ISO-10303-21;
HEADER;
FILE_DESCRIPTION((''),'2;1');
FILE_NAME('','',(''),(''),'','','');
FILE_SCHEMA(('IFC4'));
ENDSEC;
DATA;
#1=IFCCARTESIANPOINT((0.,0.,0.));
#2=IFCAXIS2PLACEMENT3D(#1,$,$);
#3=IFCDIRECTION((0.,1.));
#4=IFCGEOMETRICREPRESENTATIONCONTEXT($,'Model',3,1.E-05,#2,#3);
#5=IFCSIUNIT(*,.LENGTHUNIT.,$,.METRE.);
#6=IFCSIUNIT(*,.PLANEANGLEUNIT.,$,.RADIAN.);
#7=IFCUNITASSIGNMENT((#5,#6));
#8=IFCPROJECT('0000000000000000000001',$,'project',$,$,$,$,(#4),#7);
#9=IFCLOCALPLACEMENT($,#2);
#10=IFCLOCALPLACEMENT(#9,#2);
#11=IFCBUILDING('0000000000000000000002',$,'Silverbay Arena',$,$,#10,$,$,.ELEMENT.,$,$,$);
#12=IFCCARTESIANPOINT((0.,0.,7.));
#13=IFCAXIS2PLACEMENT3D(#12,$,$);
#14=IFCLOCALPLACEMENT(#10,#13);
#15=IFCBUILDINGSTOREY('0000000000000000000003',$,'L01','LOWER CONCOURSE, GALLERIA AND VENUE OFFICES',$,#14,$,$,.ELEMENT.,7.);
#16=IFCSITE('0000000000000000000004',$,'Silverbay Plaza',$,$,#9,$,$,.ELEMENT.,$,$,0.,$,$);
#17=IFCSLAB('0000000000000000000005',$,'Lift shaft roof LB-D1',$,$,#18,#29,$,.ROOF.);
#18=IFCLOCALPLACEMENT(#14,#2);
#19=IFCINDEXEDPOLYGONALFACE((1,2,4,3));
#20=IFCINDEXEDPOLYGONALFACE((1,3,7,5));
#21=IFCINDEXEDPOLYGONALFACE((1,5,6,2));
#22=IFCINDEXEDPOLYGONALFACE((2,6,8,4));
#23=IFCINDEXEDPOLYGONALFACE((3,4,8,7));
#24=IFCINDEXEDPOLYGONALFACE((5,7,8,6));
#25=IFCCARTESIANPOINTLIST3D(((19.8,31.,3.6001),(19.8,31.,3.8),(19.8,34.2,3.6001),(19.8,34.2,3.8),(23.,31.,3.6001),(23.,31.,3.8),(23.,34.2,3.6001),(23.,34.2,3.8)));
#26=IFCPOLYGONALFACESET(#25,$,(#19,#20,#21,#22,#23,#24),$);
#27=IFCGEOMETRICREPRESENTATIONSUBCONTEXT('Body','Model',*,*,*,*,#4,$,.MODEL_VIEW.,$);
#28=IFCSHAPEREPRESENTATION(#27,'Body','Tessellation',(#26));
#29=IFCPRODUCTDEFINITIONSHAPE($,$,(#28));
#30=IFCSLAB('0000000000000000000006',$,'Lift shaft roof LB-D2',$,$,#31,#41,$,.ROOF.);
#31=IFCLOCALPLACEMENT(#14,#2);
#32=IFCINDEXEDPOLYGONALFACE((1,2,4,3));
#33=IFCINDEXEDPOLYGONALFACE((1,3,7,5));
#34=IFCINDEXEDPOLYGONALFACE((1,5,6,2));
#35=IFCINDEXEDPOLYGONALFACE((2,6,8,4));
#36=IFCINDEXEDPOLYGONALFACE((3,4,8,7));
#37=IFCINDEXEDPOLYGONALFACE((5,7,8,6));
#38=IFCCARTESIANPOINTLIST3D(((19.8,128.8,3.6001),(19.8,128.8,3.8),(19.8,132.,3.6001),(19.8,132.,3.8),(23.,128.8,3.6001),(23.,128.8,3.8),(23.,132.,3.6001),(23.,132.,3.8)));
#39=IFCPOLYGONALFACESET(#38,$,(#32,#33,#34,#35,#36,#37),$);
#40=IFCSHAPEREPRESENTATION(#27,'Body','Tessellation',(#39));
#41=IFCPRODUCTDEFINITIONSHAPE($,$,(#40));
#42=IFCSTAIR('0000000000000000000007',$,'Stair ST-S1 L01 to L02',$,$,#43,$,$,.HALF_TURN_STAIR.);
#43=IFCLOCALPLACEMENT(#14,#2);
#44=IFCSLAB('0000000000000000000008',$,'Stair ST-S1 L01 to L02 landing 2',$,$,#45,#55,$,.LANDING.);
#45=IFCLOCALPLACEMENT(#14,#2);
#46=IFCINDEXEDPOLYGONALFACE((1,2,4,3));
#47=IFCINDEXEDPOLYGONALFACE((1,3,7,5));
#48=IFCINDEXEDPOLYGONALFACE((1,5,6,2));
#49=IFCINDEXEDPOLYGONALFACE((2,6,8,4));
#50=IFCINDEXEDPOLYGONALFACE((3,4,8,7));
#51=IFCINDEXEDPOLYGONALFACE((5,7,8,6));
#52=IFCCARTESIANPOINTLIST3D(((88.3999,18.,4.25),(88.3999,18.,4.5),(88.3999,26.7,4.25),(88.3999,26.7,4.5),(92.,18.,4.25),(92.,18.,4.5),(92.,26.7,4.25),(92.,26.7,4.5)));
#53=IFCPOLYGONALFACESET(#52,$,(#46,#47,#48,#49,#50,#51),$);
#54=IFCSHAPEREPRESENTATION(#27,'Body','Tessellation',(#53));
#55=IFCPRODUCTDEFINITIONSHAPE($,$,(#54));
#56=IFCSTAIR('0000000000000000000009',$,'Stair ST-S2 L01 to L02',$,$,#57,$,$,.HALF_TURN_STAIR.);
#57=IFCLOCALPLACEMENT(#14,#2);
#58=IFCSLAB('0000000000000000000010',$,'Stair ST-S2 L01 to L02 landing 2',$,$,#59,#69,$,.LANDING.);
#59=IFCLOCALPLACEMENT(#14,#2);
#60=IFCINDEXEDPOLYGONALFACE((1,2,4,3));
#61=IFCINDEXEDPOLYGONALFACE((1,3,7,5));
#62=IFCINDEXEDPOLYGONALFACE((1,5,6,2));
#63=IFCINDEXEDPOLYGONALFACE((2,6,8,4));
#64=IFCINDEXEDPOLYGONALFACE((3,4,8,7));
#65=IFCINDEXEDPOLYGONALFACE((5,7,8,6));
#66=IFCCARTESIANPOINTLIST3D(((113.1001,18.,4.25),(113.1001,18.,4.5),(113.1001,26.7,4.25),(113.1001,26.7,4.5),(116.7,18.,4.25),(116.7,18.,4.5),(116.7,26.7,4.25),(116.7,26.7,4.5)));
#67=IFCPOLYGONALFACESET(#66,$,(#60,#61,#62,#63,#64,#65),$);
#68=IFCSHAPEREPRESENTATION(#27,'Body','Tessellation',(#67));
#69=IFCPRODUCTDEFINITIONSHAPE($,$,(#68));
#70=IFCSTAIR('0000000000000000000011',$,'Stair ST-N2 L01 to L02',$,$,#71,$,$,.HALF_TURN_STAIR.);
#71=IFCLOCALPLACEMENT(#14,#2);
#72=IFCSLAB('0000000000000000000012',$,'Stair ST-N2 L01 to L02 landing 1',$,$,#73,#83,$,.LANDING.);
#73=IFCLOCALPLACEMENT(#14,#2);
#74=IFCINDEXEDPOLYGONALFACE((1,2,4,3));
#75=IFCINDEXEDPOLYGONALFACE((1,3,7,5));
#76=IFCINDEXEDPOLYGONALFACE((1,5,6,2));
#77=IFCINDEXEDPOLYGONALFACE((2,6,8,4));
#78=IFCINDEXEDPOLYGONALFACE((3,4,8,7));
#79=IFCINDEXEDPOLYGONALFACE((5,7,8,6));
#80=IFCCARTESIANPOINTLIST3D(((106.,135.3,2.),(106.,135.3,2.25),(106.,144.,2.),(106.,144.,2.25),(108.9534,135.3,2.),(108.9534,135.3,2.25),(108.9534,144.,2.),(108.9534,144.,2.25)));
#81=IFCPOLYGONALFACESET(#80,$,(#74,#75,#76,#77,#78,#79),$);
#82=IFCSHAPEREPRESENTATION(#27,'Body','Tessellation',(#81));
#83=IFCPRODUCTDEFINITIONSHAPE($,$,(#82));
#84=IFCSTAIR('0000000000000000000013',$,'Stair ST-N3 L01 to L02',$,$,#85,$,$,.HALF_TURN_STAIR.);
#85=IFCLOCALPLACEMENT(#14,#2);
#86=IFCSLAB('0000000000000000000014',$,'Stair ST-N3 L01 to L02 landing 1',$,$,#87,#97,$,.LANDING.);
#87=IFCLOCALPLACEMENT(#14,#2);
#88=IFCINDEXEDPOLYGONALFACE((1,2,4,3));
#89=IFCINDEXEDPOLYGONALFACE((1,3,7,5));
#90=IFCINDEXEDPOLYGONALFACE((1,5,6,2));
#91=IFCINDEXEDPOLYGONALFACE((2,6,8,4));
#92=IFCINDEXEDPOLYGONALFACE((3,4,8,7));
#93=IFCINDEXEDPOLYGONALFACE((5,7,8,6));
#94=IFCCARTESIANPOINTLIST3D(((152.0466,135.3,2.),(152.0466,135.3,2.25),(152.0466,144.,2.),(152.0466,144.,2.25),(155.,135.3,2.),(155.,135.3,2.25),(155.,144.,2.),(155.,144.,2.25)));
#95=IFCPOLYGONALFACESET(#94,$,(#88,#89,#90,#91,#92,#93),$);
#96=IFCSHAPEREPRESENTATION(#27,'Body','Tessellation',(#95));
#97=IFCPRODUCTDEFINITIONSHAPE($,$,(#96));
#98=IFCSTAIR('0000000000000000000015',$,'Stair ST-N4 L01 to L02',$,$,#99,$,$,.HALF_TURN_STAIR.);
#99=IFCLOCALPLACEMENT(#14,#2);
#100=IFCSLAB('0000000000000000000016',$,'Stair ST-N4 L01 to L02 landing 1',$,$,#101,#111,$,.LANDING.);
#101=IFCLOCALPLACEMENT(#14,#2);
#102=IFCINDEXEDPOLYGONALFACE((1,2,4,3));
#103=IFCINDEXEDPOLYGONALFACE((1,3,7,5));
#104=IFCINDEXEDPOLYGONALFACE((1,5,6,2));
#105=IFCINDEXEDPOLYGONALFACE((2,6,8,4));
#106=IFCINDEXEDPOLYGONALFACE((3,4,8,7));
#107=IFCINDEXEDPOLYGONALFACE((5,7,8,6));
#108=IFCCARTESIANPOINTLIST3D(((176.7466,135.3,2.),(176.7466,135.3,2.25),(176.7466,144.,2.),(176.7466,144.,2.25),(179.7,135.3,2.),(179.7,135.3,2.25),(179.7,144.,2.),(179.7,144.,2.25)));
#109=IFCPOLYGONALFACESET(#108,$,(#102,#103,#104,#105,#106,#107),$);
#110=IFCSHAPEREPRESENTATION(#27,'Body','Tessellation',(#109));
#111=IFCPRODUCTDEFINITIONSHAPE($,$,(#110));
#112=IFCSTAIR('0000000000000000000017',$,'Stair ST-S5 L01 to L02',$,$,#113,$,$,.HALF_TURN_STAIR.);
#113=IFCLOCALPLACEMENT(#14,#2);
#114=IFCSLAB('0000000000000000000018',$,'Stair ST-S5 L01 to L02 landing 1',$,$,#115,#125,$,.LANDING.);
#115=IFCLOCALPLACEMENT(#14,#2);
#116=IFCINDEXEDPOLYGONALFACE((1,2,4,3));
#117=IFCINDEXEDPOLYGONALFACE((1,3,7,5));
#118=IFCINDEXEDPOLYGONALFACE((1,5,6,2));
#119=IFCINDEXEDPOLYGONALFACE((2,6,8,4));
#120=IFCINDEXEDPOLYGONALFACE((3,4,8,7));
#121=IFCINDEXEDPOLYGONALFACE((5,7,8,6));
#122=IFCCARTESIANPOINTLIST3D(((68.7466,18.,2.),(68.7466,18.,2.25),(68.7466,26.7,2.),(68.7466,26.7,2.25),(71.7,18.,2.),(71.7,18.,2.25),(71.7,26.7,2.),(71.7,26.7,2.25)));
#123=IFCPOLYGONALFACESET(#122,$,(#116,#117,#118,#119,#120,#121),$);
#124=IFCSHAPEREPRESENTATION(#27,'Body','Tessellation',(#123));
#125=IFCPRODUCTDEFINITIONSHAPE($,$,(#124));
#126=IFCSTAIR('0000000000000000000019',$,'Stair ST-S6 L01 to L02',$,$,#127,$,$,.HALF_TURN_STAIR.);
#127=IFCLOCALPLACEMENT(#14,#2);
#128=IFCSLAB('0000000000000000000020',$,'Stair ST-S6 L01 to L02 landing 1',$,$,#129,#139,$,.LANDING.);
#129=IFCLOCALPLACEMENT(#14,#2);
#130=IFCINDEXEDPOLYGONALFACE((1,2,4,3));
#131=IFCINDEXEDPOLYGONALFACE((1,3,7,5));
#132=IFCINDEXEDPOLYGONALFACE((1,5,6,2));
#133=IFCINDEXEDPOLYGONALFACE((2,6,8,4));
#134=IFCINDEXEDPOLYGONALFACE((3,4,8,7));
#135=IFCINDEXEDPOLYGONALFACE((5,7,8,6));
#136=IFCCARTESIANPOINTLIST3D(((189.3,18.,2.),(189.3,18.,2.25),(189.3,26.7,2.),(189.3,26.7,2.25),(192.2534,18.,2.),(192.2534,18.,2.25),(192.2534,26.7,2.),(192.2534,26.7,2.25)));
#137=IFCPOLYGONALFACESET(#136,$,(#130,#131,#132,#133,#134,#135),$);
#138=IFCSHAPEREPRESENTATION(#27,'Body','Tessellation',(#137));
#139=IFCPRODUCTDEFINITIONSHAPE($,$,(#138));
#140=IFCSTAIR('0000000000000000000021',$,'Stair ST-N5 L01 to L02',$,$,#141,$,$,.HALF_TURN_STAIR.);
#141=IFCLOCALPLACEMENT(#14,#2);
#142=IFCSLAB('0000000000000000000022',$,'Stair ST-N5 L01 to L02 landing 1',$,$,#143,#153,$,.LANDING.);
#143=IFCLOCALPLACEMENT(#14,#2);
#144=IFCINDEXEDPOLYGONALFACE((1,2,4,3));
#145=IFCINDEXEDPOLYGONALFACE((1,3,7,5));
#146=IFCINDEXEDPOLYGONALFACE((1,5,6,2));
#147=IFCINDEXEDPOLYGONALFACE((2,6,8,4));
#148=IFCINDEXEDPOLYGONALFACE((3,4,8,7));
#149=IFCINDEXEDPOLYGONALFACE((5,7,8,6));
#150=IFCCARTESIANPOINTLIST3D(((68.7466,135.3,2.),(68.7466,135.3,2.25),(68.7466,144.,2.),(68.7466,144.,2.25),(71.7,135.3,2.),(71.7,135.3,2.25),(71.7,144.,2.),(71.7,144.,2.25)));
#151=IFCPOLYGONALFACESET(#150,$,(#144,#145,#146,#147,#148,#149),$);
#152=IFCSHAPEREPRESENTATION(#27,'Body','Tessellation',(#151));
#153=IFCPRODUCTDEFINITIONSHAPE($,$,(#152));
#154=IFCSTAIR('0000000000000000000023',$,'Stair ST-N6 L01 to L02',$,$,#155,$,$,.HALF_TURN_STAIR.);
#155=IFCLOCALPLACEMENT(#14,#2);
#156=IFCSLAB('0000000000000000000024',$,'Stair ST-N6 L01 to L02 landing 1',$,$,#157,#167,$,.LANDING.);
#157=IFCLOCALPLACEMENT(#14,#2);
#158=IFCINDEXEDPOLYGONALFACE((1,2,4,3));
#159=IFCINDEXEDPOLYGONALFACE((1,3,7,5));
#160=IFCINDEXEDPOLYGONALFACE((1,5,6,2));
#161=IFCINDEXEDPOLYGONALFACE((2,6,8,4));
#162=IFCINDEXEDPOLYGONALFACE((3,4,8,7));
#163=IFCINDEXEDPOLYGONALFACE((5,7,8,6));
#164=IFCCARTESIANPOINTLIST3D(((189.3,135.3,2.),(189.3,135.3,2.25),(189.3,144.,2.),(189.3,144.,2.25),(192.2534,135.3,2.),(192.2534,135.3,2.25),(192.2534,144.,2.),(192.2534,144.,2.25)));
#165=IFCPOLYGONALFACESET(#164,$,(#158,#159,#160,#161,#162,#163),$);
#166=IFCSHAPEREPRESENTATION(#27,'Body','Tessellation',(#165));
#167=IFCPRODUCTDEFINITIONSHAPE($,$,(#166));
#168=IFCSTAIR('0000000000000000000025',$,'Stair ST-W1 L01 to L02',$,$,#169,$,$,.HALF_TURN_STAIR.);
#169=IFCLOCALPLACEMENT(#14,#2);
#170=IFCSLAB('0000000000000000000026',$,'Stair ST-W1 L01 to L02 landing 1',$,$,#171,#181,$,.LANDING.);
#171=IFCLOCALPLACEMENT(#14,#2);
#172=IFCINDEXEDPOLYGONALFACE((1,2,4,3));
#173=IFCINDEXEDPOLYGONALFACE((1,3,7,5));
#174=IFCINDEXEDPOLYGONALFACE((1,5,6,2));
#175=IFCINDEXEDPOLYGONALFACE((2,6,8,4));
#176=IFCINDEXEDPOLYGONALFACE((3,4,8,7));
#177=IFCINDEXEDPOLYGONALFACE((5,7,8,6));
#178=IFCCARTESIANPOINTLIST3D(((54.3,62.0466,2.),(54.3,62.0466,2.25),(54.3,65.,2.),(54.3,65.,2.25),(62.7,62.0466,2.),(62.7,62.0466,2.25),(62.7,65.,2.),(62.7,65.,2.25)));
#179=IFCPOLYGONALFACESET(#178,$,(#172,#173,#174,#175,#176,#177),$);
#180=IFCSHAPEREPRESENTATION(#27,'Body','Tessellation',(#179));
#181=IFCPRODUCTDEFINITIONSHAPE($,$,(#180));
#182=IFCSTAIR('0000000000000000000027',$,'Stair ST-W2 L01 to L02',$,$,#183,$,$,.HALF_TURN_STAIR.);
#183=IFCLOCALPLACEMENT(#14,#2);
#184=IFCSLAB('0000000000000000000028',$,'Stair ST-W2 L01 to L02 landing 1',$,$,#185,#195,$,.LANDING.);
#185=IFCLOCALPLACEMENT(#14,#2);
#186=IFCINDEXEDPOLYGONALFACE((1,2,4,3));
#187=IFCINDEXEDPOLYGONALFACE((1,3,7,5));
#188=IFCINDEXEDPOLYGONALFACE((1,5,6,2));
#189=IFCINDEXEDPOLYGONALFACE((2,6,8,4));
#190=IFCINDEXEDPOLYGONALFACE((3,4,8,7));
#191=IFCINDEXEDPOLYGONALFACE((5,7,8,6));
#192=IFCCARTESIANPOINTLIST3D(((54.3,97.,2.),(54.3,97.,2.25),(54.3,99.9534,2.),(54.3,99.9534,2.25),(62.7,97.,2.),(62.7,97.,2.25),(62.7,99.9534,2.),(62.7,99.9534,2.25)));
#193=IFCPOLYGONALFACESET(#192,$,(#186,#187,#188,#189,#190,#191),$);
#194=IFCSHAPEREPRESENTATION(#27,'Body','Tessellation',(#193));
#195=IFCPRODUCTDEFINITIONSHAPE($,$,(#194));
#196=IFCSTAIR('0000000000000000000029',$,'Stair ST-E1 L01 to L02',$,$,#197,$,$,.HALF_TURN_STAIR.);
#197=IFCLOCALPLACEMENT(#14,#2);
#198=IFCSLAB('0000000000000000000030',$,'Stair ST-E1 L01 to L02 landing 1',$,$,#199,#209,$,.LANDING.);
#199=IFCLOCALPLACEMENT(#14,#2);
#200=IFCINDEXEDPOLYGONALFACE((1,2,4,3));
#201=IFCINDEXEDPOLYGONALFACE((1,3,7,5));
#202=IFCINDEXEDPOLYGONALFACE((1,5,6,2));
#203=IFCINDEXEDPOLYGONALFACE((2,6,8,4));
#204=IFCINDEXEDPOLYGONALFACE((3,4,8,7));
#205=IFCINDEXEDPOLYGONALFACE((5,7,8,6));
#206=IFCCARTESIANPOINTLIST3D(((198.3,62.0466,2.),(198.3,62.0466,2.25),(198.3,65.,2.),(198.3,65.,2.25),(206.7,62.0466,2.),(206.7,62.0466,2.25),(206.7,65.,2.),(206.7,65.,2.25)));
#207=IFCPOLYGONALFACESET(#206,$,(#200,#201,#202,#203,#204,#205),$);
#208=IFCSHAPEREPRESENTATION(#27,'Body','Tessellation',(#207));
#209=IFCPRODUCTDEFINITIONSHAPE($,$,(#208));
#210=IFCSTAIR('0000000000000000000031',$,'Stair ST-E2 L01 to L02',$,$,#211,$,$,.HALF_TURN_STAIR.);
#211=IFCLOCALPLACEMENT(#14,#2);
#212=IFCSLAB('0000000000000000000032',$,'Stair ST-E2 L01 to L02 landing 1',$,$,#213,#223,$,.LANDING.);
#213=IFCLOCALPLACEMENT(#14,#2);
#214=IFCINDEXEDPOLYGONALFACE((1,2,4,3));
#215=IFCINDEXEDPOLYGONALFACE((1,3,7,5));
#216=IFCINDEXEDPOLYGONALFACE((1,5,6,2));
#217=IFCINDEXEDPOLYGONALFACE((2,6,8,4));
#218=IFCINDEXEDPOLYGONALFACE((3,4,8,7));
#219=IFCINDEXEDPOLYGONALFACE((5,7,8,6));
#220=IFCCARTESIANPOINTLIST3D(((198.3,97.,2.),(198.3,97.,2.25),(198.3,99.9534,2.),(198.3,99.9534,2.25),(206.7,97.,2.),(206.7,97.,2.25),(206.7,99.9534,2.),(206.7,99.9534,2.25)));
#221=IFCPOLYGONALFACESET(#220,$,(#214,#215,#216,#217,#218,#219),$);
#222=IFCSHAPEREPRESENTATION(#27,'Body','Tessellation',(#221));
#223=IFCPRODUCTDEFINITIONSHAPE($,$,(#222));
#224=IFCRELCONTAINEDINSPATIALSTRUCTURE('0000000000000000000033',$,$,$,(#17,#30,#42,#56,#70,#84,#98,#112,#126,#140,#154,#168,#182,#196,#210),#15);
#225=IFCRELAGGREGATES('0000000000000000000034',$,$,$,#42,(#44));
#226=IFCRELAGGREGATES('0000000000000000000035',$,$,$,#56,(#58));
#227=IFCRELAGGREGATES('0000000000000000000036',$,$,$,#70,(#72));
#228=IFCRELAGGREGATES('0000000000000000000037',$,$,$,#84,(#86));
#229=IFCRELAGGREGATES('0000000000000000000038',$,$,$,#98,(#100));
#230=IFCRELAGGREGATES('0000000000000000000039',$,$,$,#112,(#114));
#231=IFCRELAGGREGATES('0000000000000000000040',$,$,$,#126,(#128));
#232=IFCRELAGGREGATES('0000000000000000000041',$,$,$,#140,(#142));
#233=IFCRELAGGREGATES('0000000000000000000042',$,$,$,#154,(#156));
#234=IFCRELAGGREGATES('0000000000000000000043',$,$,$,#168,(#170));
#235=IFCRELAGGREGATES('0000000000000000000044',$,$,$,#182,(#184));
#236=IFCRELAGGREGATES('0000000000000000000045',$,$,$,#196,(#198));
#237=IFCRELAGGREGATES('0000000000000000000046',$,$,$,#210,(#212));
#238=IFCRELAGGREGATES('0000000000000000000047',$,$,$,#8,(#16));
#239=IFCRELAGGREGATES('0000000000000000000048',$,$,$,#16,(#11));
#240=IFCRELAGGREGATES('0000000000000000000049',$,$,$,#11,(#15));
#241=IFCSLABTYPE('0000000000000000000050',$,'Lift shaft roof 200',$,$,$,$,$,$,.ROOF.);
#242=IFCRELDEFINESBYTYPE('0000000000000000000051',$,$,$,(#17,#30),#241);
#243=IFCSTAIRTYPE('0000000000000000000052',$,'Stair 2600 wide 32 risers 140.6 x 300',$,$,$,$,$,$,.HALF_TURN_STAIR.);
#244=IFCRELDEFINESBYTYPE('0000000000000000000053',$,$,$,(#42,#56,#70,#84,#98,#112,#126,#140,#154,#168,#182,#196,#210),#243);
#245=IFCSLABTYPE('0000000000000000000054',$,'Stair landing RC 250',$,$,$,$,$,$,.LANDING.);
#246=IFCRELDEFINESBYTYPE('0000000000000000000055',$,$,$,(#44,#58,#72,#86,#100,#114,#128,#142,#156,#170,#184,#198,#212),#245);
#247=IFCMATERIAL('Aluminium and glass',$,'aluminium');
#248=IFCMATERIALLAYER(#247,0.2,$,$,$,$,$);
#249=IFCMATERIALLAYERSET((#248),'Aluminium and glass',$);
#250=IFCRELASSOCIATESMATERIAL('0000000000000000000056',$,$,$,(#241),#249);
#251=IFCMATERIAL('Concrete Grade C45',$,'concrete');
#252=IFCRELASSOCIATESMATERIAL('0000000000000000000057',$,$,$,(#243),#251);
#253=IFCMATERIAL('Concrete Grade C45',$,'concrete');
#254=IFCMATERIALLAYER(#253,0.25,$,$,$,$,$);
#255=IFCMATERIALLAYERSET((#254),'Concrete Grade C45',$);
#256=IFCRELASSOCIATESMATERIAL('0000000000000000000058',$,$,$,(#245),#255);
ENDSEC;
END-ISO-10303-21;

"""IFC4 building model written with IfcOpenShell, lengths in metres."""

from ifc_helpers import new_model, si_unit, direction, frame, origin, place, context, subcontext, project, spatial, polyline, outline, extrude, material, layer, layer_set, type_object, element, aggregate, save


model = new_model("IFC4")

# Units and contexts
model_context = context("Model", 3, precision=1e-05, world=origin(), true_north=direction((0.0, 1.0)))
body_context = subcontext(model_context, "Body", "Model", "MODEL_VIEW")
ifc_project = project(units=[si_unit("LENGTHUNIT", "METRE"), si_unit("PLANEANGLEUNIT", "RADIAN")], contexts=[model_context])

# Site, building, storey
site_placement = place(None, origin())
site = spatial("IfcSite", under=ifc_project, at=site_placement, Name="Silverbay Plaza", CompositionType="ELEMENT", RefElevation=0.0)
building_placement = place(site_placement, origin())
building = spatial("IfcBuilding", under=site, at=building_placement, Name="Silverbay Arena", CompositionType="ELEMENT")
storey_placement = place(building_placement, frame((0.0, 0.0, 7.0)))
storey = spatial("IfcBuildingStorey", under=building, at=storey_placement, Name="L01", Description="LOWER CONCOURSE, GALLERIA AND VENUE OFFICES", CompositionType="ELEMENT", Elevation=7.0)

# Slabs
ifc_material_1 = material(Name="Aluminium and glass", Category="aluminium")
ifc_layer_1 = layer(ifc_material_1, 0.2)
ifc_layer_set_1 = layer_set([ifc_layer_1], Name="Aluminium and glass")
slab_type_1 = type_object("IfcSlabType", Name="Lift shaft roof 200", PredefinedType="ROOF", material=ifc_layer_set_1)
slab_1_placement = place(storey_placement, frame((0.0, 0.0, 3.6001)))
element("IfcSlab", 1, at=slab_1_placement, inside=storey, type_object=slab_type_1, Name="Lift shaft roof LB-D1", PredefinedType="ROOF", context=body_context, shape_type="SweptSolid", body=[
    extrude(outline(polyline([(19.8, 31.0), (23.0, 31.0), (23.0, 34.2), (19.8, 34.2), (19.8, 31.0)])), origin(), (0.0, 0.0, 1.0), 0.2),
])
slab_2_placement = place(storey_placement, frame((0.0, 0.0, 3.6001)))
element("IfcSlab", 2, at=slab_2_placement, inside=storey, type_object=slab_type_1, Name="Lift shaft roof LB-D2", PredefinedType="ROOF", context=body_context, shape_type="SweptSolid", body=[
    extrude(outline(polyline([(19.8, 128.8), (23.0, 128.8), (23.0, 132.0), (19.8, 132.0), (19.8, 128.8)])), origin(), (0.0, 0.0, 1.0), 0.2),
])

# Stairs, slabs
ifc_material_2 = material(Name="Concrete Grade C45", Category="concrete")
stair_type = type_object("IfcStairType", Name="Stair 2600 wide 32 risers 140.6 x 300", PredefinedType="HALF_TURN_STAIR", material=ifc_material_2)
stair_1_placement = place(storey_placement, origin())
stair_1 = element("IfcStair", 3, at=stair_1_placement, inside=storey, type_object=stair_type, Name="Stair ST-S1 L01 to L02", PredefinedType="HALF_TURN_STAIR")
ifc_material_3 = material(Name="Concrete Grade C45", Category="concrete")
ifc_layer_2 = layer(ifc_material_3, 0.25)
ifc_layer_set_2 = layer_set([ifc_layer_2], Name="Concrete Grade C45")
slab_type_2 = type_object("IfcSlabType", Name="Stair landing RC 250", PredefinedType="LANDING", material=ifc_layer_set_2)
slab_3_placement = place(storey_placement, frame((0.0, 0.0, 4.25)))
slab_3 = element("IfcSlab", 4, at=slab_3_placement, type_object=slab_type_2, Name="Stair ST-S1 L01 to L02 landing 2", PredefinedType="LANDING", context=body_context, shape_type="SweptSolid", body=[
    extrude(outline(polyline([(92.0, 26.7), (88.3999, 26.7), (88.3999, 18.0), (92.0, 18.0), (92.0, 26.7)])), origin(), (0.0, 0.0, 1.0), 0.25),
])
aggregate(stair_1, [slab_3])
stair_2_placement = place(storey_placement, origin())
stair_2 = element("IfcStair", 5, at=stair_2_placement, inside=storey, type_object=stair_type, Name="Stair ST-S2 L01 to L02", PredefinedType="HALF_TURN_STAIR")
slab_4_placement = place(storey_placement, frame((0.0, 0.0, 4.25)))
slab_4 = element("IfcSlab", 6, at=slab_4_placement, type_object=slab_type_2, Name="Stair ST-S2 L01 to L02 landing 2", PredefinedType="LANDING", context=body_context, shape_type="SweptSolid", body=[
    extrude(outline(polyline([(116.7, 26.7), (113.1001, 26.7), (113.1001, 18.0), (116.7, 18.0), (116.7, 26.7)])), origin(), (0.0, 0.0, 1.0), 0.25),
])
aggregate(stair_2, [slab_4])
stair_3_placement = place(storey_placement, origin())
stair_3 = element("IfcStair", 7, at=stair_3_placement, inside=storey, type_object=stair_type, Name="Stair ST-N2 L01 to L02", PredefinedType="HALF_TURN_STAIR")
slab_5_placement = place(storey_placement, frame((0.0, 0.0, 2.0)))
slab_5 = element("IfcSlab", 8, at=slab_5_placement, type_object=slab_type_2, Name="Stair ST-N2 L01 to L02 landing 1", PredefinedType="LANDING", context=body_context, shape_type="SweptSolid", body=[
    extrude(outline(polyline([(108.9534, 135.3), (106.0, 135.3), (106.0, 144.0), (108.9534, 144.0), (108.9534, 135.3)])), origin(), (0.0, 0.0, 1.0), 0.25),
])
aggregate(stair_3, [slab_5])
stair_4_placement = place(storey_placement, origin())
stair_4 = element("IfcStair", 9, at=stair_4_placement, inside=storey, type_object=stair_type, Name="Stair ST-N3 L01 to L02", PredefinedType="HALF_TURN_STAIR")
slab_6_placement = place(storey_placement, frame((0.0, 0.0, 2.0)))
slab_6 = element("IfcSlab", 10, at=slab_6_placement, type_object=slab_type_2, Name="Stair ST-N3 L01 to L02 landing 1", PredefinedType="LANDING", context=body_context, shape_type="SweptSolid", body=[
    extrude(outline(polyline([(152.0466, 135.3), (155.0, 135.3), (155.0, 144.0), (152.0466, 144.0), (152.0466, 135.3)])), origin(), (0.0, 0.0, 1.0), 0.25),
])
aggregate(stair_4, [slab_6])
stair_5_placement = place(storey_placement, origin())
stair_5 = element("IfcStair", 11, at=stair_5_placement, inside=storey, type_object=stair_type, Name="Stair ST-N4 L01 to L02", PredefinedType="HALF_TURN_STAIR")
slab_7_placement = place(storey_placement, frame((0.0, 0.0, 2.0)))
slab_7 = element("IfcSlab", 12, at=slab_7_placement, type_object=slab_type_2, Name="Stair ST-N4 L01 to L02 landing 1", PredefinedType="LANDING", context=body_context, shape_type="SweptSolid", body=[
    extrude(outline(polyline([(176.7466, 135.3), (179.7, 135.3), (179.7, 144.0), (176.7466, 144.0), (176.7466, 135.3)])), origin(), (0.0, 0.0, 1.0), 0.25),
])
aggregate(stair_5, [slab_7])
stair_6_placement = place(storey_placement, origin())
stair_6 = element("IfcStair", 13, at=stair_6_placement, inside=storey, type_object=stair_type, Name="Stair ST-S5 L01 to L02", PredefinedType="HALF_TURN_STAIR")
slab_8_placement = place(storey_placement, frame((0.0, 0.0, 2.0)))
slab_8 = element("IfcSlab", 14, at=slab_8_placement, type_object=slab_type_2, Name="Stair ST-S5 L01 to L02 landing 1", PredefinedType="LANDING", context=body_context, shape_type="SweptSolid", body=[
    extrude(outline(polyline([(68.7466, 26.7), (71.7, 26.7), (71.7, 18.0), (68.7466, 18.0), (68.7466, 26.7)])), origin(), (0.0, 0.0, 1.0), 0.25),
])
aggregate(stair_6, [slab_8])
stair_7_placement = place(storey_placement, origin())
stair_7 = element("IfcStair", 15, at=stair_7_placement, inside=storey, type_object=stair_type, Name="Stair ST-S6 L01 to L02", PredefinedType="HALF_TURN_STAIR")
slab_9_placement = place(storey_placement, frame((0.0, 0.0, 2.0)))
slab_9 = element("IfcSlab", 16, at=slab_9_placement, type_object=slab_type_2, Name="Stair ST-S6 L01 to L02 landing 1", PredefinedType="LANDING", context=body_context, shape_type="SweptSolid", body=[
    extrude(outline(polyline([(192.2534, 26.7), (189.3, 26.7), (189.3, 18.0), (192.2534, 18.0), (192.2534, 26.7)])), origin(), (0.0, 0.0, 1.0), 0.25),
])
aggregate(stair_7, [slab_9])
stair_8_placement = place(storey_placement, origin())
stair_8 = element("IfcStair", 17, at=stair_8_placement, inside=storey, type_object=stair_type, Name="Stair ST-N5 L01 to L02", PredefinedType="HALF_TURN_STAIR")
slab_10_placement = place(storey_placement, frame((0.0, 0.0, 2.0)))
slab_10 = element("IfcSlab", 18, at=slab_10_placement, type_object=slab_type_2, Name="Stair ST-N5 L01 to L02 landing 1", PredefinedType="LANDING", context=body_context, shape_type="SweptSolid", body=[
    extrude(outline(polyline([(68.7466, 135.3), (71.7, 135.3), (71.7, 144.0), (68.7466, 144.0), (68.7466, 135.3)])), origin(), (0.0, 0.0, 1.0), 0.25),
])
aggregate(stair_8, [slab_10])
stair_9_placement = place(storey_placement, origin())
stair_9 = element("IfcStair", 19, at=stair_9_placement, inside=storey, type_object=stair_type, Name="Stair ST-N6 L01 to L02", PredefinedType="HALF_TURN_STAIR")
slab_11_placement = place(storey_placement, frame((0.0, 0.0, 2.0)))
slab_11 = element("IfcSlab", 20, at=slab_11_placement, type_object=slab_type_2, Name="Stair ST-N6 L01 to L02 landing 1", PredefinedType="LANDING", context=body_context, shape_type="SweptSolid", body=[
    extrude(outline(polyline([(192.2534, 135.3), (189.3, 135.3), (189.3, 144.0), (192.2534, 144.0), (192.2534, 135.3)])), origin(), (0.0, 0.0, 1.0), 0.25),
])
aggregate(stair_9, [slab_11])
stair_10_placement = place(storey_placement, origin())
stair_10 = element("IfcStair", 21, at=stair_10_placement, inside=storey, type_object=stair_type, Name="Stair ST-W1 L01 to L02", PredefinedType="HALF_TURN_STAIR")
slab_12_placement = place(storey_placement, frame((0.0, 0.0, 2.0)))
slab_12 = element("IfcSlab", 22, at=slab_12_placement, type_object=slab_type_2, Name="Stair ST-W1 L01 to L02 landing 1", PredefinedType="LANDING", context=body_context, shape_type="SweptSolid", body=[
    extrude(outline(polyline([(62.7, 62.0466), (62.7, 65.0), (54.3, 65.0), (54.3, 62.0466), (62.7, 62.0466)])), origin(), (0.0, 0.0, 1.0), 0.25),
])
aggregate(stair_10, [slab_12])
stair_11_placement = place(storey_placement, origin())
stair_11 = element("IfcStair", 23, at=stair_11_placement, inside=storey, type_object=stair_type, Name="Stair ST-W2 L01 to L02", PredefinedType="HALF_TURN_STAIR")
slab_13_placement = place(storey_placement, frame((0.0, 0.0, 2.0)))
slab_13 = element("IfcSlab", 24, at=slab_13_placement, type_object=slab_type_2, Name="Stair ST-W2 L01 to L02 landing 1", PredefinedType="LANDING", context=body_context, shape_type="SweptSolid", body=[
    extrude(outline(polyline([(62.7, 99.9534), (62.7, 97.0), (54.3, 97.0), (54.3, 99.9534), (62.7, 99.9534)])), origin(), (0.0, 0.0, 1.0), 0.25),
])
aggregate(stair_11, [slab_13])
stair_12_placement = place(storey_placement, origin())
stair_12 = element("IfcStair", 25, at=stair_12_placement, inside=storey, type_object=stair_type, Name="Stair ST-E1 L01 to L02", PredefinedType="HALF_TURN_STAIR")
slab_14_placement = place(storey_placement, frame((0.0, 0.0, 2.0)))
slab_14 = element("IfcSlab", 26, at=slab_14_placement, type_object=slab_type_2, Name="Stair ST-E1 L01 to L02 landing 1", PredefinedType="LANDING", context=body_context, shape_type="SweptSolid", body=[
    extrude(outline(polyline([(198.3, 62.0466), (198.3, 65.0), (206.7, 65.0), (206.7, 62.0466), (198.3, 62.0466)])), origin(), (0.0, 0.0, 1.0), 0.25),
])
aggregate(stair_12, [slab_14])
stair_13_placement = place(storey_placement, origin())
stair_13 = element("IfcStair", 27, at=stair_13_placement, inside=storey, type_object=stair_type, Name="Stair ST-E2 L01 to L02", PredefinedType="HALF_TURN_STAIR")
slab_15_placement = place(storey_placement, frame((0.0, 0.0, 2.0)))
slab_15 = element("IfcSlab", 28, at=slab_15_placement, type_object=slab_type_2, Name="Stair ST-E2 L01 to L02 landing 1", PredefinedType="LANDING", context=body_context, shape_type="SweptSolid", body=[
    extrude(outline(polyline([(198.3, 99.9534), (198.3, 97.0), (206.7, 97.0), (206.7, 99.9534), (198.3, 99.9534)])), origin(), (0.0, 0.0, 1.0), 0.25),
])
aggregate(stair_13, [slab_15])

save(model, "model.ifc")
